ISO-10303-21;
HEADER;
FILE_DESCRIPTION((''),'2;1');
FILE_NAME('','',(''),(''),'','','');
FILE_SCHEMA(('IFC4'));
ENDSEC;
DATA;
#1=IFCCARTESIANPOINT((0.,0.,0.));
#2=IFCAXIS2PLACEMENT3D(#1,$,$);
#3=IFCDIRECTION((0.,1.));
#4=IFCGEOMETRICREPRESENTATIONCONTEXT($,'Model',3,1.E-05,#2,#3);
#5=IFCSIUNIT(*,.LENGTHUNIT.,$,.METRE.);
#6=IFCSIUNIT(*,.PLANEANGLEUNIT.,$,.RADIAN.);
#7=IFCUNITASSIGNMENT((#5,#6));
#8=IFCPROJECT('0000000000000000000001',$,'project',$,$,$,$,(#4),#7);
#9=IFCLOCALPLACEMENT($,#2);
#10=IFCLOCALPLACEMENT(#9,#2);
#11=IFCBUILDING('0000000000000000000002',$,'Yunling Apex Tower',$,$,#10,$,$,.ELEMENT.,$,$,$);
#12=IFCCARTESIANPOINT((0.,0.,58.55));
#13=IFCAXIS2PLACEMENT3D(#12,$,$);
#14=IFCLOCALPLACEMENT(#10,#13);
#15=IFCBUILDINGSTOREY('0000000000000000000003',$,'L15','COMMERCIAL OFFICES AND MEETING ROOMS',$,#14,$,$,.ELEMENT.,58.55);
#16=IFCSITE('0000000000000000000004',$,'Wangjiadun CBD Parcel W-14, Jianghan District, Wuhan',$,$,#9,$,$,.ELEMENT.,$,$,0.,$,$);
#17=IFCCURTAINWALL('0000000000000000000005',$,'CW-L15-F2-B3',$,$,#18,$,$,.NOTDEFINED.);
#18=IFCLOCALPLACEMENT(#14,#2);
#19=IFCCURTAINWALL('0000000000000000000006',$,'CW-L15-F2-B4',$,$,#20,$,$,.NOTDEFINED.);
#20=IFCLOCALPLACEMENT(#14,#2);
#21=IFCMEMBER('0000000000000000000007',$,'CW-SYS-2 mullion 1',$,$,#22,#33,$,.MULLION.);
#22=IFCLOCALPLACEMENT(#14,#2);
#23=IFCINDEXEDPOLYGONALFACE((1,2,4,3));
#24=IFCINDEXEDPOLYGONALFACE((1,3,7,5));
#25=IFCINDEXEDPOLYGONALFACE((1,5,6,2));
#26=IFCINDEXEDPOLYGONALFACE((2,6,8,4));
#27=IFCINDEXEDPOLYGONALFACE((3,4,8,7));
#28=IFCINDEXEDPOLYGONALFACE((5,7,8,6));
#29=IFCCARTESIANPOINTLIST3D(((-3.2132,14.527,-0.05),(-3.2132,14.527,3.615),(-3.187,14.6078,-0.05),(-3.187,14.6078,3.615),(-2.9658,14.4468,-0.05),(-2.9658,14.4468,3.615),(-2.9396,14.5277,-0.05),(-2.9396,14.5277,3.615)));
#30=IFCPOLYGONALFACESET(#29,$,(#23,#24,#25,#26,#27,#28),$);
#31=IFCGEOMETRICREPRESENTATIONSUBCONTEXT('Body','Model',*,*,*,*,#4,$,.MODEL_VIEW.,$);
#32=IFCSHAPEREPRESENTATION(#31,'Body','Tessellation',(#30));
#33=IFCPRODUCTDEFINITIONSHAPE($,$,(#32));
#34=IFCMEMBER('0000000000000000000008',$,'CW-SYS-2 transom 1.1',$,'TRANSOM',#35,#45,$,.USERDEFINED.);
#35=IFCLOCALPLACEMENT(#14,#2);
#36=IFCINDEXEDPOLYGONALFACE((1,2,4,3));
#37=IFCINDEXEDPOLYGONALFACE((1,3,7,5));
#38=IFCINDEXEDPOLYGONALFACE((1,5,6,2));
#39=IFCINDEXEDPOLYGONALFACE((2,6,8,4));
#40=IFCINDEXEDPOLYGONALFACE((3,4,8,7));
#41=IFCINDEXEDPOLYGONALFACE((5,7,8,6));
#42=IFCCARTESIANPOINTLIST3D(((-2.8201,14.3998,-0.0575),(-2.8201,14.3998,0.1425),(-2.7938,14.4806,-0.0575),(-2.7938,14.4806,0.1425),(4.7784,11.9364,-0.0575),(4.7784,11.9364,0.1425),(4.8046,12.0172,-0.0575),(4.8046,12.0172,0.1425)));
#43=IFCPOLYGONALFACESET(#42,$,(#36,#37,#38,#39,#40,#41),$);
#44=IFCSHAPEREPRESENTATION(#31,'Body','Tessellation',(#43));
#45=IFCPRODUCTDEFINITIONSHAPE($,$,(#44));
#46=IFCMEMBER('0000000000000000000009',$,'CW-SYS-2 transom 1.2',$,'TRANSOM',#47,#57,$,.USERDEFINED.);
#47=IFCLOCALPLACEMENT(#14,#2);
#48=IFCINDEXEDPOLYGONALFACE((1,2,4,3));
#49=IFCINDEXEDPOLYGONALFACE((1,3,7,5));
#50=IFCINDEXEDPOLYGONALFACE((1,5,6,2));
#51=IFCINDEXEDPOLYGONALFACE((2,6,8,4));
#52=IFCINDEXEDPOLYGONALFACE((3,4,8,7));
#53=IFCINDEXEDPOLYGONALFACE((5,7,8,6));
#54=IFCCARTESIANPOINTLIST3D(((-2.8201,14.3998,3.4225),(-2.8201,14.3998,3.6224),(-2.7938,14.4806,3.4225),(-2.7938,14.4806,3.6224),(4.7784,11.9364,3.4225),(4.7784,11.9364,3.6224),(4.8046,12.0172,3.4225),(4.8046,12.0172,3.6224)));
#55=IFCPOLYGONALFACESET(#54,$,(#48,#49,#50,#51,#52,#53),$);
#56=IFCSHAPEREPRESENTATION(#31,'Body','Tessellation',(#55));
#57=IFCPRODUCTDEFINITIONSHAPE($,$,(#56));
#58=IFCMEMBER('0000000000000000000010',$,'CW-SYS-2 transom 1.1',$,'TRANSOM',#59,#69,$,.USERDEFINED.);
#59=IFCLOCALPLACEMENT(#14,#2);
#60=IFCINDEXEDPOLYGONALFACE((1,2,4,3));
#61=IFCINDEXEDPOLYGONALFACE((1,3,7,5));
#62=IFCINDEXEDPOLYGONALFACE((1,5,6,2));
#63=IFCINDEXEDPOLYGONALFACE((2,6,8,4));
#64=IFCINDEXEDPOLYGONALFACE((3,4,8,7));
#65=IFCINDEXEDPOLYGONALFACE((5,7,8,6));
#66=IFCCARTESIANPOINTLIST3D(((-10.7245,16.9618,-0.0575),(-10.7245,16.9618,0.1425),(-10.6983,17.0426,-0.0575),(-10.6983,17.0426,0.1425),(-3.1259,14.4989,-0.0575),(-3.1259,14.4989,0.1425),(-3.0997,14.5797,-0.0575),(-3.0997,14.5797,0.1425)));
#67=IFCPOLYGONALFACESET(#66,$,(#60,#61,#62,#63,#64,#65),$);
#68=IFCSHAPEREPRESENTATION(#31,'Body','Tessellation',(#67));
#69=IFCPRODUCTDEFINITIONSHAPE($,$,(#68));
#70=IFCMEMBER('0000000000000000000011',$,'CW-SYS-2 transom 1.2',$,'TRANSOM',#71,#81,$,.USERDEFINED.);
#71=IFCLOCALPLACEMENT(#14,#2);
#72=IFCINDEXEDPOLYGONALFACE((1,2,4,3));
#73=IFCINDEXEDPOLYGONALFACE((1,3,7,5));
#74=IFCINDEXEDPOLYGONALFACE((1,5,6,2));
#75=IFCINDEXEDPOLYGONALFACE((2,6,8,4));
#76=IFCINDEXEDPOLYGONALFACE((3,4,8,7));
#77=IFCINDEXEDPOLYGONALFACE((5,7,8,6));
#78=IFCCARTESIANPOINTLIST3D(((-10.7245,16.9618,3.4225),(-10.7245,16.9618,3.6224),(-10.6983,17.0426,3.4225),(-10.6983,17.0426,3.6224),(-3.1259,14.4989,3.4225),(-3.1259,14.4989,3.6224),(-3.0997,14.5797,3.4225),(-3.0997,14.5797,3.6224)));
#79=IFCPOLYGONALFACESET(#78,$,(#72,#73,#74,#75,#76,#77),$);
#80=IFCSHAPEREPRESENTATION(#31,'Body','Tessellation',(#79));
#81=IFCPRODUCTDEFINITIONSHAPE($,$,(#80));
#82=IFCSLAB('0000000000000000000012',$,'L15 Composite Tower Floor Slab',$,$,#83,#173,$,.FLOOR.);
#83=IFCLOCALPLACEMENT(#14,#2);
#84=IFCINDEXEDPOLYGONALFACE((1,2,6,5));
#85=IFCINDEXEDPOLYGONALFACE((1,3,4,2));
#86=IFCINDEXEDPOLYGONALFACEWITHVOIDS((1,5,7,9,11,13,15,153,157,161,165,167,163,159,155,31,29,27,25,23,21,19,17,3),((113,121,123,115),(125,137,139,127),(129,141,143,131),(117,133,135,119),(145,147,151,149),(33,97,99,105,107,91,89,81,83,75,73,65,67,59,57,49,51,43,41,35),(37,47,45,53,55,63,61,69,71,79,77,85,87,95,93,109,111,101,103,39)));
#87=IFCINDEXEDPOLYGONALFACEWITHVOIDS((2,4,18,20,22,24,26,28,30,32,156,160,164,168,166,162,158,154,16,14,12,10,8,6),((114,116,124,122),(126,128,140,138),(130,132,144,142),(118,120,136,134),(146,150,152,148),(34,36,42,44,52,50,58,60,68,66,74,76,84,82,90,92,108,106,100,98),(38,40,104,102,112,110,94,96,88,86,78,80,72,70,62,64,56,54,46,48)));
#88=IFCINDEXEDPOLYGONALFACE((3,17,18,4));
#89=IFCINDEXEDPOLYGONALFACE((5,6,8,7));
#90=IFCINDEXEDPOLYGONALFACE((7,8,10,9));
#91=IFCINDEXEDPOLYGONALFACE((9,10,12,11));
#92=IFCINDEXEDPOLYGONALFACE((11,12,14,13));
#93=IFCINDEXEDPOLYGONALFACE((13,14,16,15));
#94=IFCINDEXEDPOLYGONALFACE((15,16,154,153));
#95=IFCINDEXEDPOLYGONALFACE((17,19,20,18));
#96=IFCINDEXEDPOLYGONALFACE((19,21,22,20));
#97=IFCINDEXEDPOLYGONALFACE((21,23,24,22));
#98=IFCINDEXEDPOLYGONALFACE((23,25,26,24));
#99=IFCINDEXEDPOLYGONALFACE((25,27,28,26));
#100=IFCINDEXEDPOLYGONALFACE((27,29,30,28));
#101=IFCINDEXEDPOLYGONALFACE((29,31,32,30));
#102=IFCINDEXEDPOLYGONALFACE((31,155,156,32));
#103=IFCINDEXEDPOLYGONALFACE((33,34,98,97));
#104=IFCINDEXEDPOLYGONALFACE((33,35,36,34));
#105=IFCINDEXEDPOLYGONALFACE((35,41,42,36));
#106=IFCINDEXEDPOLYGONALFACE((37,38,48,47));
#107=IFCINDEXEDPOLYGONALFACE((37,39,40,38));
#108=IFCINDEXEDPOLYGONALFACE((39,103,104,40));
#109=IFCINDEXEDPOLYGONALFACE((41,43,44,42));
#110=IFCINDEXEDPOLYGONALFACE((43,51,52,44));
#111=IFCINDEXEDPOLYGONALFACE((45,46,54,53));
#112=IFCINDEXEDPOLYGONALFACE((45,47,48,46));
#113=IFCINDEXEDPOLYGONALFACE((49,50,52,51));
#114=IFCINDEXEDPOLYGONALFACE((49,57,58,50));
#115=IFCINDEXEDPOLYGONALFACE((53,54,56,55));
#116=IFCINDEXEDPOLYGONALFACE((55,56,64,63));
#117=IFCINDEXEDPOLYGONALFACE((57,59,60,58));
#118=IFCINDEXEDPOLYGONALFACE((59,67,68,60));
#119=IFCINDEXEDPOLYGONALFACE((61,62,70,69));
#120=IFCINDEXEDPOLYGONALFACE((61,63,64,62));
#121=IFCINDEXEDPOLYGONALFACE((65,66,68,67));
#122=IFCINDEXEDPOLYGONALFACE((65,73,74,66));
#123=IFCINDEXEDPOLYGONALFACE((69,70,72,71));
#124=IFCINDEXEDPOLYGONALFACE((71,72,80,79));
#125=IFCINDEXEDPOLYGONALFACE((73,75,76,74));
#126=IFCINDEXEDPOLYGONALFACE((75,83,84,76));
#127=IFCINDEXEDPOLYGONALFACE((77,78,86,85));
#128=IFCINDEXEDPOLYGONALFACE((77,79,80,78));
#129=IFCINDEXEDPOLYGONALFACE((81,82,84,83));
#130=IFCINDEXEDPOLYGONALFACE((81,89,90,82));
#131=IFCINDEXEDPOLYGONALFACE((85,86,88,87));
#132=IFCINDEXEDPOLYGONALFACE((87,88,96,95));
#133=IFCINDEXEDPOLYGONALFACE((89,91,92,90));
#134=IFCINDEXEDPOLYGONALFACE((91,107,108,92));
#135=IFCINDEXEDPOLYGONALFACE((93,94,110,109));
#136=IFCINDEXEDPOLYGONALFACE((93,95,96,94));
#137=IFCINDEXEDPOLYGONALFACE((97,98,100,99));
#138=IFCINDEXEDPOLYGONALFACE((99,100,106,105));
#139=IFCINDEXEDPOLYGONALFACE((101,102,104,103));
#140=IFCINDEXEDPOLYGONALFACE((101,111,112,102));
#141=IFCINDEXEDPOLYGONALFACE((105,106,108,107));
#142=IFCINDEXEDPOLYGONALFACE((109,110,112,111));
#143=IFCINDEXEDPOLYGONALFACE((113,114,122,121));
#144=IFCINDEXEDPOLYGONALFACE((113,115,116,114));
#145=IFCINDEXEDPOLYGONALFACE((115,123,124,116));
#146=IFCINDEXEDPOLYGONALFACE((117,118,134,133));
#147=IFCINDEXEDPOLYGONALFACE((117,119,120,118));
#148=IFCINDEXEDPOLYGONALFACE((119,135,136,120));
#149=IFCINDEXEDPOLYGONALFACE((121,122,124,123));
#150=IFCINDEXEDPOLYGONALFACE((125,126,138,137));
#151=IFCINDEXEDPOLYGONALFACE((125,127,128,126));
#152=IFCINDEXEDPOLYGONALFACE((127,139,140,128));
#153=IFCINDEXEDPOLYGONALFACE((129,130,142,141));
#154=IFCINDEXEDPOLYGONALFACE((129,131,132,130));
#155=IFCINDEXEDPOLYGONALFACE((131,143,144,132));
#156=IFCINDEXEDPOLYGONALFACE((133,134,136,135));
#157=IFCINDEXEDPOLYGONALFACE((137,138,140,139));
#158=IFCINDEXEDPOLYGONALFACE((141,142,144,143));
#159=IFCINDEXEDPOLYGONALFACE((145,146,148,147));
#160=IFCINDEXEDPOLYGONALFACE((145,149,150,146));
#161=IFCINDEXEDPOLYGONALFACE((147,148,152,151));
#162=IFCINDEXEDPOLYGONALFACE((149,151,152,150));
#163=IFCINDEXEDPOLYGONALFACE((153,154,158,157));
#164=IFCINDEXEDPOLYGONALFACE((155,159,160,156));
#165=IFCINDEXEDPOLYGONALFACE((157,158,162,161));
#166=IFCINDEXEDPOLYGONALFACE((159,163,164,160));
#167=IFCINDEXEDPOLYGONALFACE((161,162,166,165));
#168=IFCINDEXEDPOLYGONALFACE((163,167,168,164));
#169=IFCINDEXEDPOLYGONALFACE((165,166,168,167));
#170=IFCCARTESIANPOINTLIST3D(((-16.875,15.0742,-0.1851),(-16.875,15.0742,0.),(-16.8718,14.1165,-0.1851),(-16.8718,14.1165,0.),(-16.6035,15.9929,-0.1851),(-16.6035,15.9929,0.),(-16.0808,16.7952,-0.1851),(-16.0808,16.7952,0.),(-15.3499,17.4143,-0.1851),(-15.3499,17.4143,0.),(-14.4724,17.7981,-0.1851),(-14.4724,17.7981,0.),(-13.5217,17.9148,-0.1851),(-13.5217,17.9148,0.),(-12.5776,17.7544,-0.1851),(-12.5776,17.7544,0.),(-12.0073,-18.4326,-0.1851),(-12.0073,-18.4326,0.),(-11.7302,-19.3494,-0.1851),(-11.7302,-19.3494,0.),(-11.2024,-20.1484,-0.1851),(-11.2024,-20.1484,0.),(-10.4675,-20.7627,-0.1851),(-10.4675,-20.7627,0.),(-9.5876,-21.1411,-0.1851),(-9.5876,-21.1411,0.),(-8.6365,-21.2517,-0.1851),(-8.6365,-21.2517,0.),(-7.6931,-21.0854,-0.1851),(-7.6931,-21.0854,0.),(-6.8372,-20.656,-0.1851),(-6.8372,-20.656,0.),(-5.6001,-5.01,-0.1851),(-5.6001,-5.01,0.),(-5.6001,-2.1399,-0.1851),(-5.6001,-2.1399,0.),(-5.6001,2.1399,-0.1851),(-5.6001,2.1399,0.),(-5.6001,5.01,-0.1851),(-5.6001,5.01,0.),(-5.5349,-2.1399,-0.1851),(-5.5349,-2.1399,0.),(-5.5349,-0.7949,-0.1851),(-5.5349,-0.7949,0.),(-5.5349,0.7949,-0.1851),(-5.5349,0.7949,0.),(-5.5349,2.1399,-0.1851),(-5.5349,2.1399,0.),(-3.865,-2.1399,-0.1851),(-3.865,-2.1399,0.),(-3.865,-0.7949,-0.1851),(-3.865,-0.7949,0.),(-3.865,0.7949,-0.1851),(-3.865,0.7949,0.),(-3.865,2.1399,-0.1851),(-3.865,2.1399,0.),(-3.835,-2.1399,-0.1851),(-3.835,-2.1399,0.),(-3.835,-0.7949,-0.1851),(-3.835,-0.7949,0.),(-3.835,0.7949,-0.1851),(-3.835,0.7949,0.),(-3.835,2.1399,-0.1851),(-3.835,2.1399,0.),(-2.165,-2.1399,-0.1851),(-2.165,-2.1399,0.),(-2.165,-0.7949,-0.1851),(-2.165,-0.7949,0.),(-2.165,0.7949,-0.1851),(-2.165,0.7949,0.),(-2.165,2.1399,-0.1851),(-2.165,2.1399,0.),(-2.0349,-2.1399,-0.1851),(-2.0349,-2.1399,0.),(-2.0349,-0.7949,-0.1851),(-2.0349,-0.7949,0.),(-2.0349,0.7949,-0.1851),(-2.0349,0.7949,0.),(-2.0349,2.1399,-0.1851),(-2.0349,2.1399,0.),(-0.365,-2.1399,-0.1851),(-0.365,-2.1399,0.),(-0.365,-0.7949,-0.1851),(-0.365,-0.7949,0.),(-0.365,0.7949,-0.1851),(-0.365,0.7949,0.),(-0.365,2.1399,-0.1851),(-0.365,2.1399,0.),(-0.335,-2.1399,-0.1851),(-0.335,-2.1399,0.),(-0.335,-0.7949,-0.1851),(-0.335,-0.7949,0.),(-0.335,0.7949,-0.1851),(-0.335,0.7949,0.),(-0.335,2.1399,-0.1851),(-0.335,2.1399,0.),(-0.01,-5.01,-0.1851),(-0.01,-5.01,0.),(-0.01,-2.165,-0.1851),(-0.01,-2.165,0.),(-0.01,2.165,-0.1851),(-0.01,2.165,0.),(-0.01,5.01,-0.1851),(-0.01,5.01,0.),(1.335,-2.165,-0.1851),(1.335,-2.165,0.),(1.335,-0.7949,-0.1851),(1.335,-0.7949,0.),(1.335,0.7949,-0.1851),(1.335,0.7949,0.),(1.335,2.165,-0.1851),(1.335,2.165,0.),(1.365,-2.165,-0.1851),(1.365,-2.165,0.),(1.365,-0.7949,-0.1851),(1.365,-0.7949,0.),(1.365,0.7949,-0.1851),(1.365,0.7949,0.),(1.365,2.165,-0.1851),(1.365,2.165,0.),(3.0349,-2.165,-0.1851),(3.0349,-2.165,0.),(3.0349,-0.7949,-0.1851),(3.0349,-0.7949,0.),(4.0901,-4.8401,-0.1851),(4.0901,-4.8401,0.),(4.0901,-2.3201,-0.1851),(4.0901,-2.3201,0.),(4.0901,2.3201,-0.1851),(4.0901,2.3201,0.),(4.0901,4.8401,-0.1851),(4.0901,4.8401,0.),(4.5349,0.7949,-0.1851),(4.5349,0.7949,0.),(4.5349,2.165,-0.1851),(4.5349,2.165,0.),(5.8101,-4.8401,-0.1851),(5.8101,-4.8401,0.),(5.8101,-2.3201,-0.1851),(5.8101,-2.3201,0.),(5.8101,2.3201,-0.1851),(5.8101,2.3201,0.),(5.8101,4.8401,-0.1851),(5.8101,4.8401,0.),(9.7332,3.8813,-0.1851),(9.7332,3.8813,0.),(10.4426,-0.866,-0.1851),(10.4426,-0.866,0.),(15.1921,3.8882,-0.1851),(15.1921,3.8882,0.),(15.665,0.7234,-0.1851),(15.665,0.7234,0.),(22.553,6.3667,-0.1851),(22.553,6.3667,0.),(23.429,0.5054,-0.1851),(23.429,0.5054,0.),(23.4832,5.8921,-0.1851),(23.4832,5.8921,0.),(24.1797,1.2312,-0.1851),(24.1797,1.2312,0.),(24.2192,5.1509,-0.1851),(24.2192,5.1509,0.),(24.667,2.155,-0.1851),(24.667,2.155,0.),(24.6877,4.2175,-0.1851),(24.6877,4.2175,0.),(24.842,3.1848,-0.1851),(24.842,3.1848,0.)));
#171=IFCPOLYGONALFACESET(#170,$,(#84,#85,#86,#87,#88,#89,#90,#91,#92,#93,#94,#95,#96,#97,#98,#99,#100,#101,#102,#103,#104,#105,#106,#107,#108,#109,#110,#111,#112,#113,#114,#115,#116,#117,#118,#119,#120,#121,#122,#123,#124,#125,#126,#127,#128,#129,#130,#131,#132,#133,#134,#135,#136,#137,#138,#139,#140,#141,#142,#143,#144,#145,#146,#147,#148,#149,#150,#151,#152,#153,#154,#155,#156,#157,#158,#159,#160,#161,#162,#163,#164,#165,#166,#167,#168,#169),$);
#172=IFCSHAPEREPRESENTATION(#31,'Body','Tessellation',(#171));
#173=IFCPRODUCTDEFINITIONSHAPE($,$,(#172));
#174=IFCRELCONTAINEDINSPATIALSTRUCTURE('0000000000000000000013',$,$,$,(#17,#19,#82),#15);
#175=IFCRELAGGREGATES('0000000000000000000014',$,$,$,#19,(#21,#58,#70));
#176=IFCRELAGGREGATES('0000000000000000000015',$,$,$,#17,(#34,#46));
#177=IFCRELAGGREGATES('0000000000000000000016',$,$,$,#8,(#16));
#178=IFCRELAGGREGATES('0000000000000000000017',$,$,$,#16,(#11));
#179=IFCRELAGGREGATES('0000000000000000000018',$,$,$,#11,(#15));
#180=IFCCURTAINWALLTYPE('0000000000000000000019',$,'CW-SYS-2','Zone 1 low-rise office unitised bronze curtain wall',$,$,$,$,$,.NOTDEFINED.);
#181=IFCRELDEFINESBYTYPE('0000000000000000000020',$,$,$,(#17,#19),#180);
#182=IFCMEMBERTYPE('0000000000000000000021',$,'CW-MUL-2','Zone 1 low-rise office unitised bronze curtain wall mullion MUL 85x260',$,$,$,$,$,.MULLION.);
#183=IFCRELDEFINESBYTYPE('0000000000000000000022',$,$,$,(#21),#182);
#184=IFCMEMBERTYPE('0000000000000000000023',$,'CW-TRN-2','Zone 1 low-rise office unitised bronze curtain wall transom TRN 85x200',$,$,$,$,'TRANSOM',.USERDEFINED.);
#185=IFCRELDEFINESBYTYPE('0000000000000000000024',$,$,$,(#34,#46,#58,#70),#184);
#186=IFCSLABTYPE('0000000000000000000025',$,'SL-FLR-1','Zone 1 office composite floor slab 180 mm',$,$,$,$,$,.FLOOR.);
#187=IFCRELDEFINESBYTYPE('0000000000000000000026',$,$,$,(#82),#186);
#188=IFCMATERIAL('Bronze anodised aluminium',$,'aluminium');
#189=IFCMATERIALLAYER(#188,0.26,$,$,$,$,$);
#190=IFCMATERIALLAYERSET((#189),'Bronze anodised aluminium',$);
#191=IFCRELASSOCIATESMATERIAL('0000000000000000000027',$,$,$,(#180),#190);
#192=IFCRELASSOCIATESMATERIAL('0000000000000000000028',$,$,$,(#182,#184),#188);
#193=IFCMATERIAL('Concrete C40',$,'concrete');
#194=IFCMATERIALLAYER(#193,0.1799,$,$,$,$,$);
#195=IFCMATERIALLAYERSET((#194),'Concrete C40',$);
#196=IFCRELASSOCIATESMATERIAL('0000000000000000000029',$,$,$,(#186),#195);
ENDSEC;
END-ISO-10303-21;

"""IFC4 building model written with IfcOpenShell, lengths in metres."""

from ifc_helpers import new_model, si_unit, direction, frame, origin, origin_2d, place, context, subcontext, project, spatial, polyline, rectangle, outline, extrude, source, transform, mapped, material, layer, layer_set, material_profile, profile_set, type_object, element, aggregate, save


model = new_model("IFC4")

# Units and contexts
model_context = context("Model", 3, precision=1e-05, world=origin(), true_north=direction((0.0, 1.0)))
body_context = subcontext(model_context, "Body", "Model", "MODEL_VIEW")
ifc_project = project(units=[si_unit("LENGTHUNIT", "METRE"), si_unit("PLANEANGLEUNIT", "RADIAN")], contexts=[model_context])

# Site, building, storey
site_placement = place(None, origin())
site = spatial("IfcSite", under=ifc_project, at=site_placement, Name="Wangjiadun CBD Parcel W-14, Jianghan District, Wuhan", CompositionType="ELEMENT", RefElevation=0.0)
building_placement = place(site_placement, origin())
building = spatial("IfcBuilding", under=site, at=building_placement, Name="Yunling Apex Tower", CompositionType="ELEMENT")
storey_placement = place(building_placement, frame((0.0, 0.0, 58.55)))
storey = spatial("IfcBuildingStorey", under=building, at=storey_placement, Name="L15", Description="COMMERCIAL OFFICES AND MEETING ROOMS", CompositionType="ELEMENT", Elevation=58.55)

# Shared definitions
ifc_material_1 = material(Name="Bronze anodised aluminium", Category="aluminium")
ifc_layer_1 = layer(ifc_material_1, 0.26)
ifc_layer_set_1 = layer_set([ifc_layer_1], Name="Bronze anodised aluminium")
curtain_wall_type = type_object("IfcCurtainWallType", Name="CW-SYS-2", Description="Zone 1 low-rise office unitised bronze curtain wall", PredefinedType="NOTDEFINED", material=ifc_layer_set_1)
ifc_material_profile_1 = material_profile(ifc_material_1, rectangle(XDim=0.085, YDim=0.26, at=origin_2d()))
ifc_profile_set_1 = profile_set([ifc_material_profile_1], Name="Bronze anodised aluminium")
member_type_1 = type_object("IfcMemberType", Name="CW-MUL-2", Description="Zone 1 low-rise office unitised bronze curtain wall mullion MUL 85x260", PredefinedType="MULLION", material=ifc_profile_set_1)
shared_shape_1 = source(origin(), body_context, "Body", "SweptSolid", [
    extrude(rectangle(XDim=0.085, YDim=0.26, at=origin_2d()), origin(), (0.0, 0.0, 1.0), 3.665),
])

# Curtain wall
curtain_wall_1_placement = place(storey_placement, origin())
curtain_wall_1 = element("IfcCurtainWall", 1, at=curtain_wall_1_placement, inside=storey, type_object=curtain_wall_type, Name="CW-L15-F2-B3", PredefinedType="NOTDEFINED")

# Curtain wall, member
curtain_wall_2_placement = place(storey_placement, origin())
curtain_wall_2 = element("IfcCurtainWall", 2, at=curtain_wall_2_placement, inside=storey, type_object=curtain_wall_type, Name="CW-L15-F2-B4", PredefinedType="NOTDEFINED")
member_1_placement = place(storey_placement, frame((-3.0764, 14.5273, -0.05), z_axis=(0.0, 0.0, 1.0), x_axis=(-0.308357, -0.951271, 0.0)))
member_1 = element("IfcMember", 3, at=member_1_placement, type_object=member_type_1, Name="CW-SYS-2 mullion 1", PredefinedType="MULLION", context=body_context, shape_type="MappedRepresentation", body=[
    mapped(shared_shape_1, transform((0.0, 0.0, 0.0), scale=1.0)),
])

# Members
ifc_material_profile_2 = material_profile(ifc_material_1, rectangle(XDim=0.085, YDim=0.2, at=origin_2d()))
ifc_profile_set_2 = profile_set([ifc_material_profile_2], Name="Bronze anodised aluminium")
member_type_2 = type_object("IfcMemberType", Name="CW-TRN-2", Description="Zone 1 low-rise office unitised bronze curtain wall transom TRN 85x200", ElementType="TRANSOM", PredefinedType="USERDEFINED", material=ifc_profile_set_2)
shared_shape_2 = source(origin(), body_context, "Body", "SweptSolid", [
    extrude(rectangle(XDim=0.085, YDim=0.2, at=origin_2d()), origin(), (0.0, 0.0, 1.0), 7.9878),
])
member_2_placement = place(storey_placement, frame((4.7915, 11.9768, 0.0425), z_axis=(-0.951258, 0.308396, 0.0), x_axis=(-0.308396, -0.951258, 0.0)))
member_2 = element("IfcMember", 4, at=member_2_placement, type_object=member_type_2, Name="CW-SYS-2 transom 1.1", ObjectType="TRANSOM", PredefinedType="USERDEFINED", context=body_context, shape_type="MappedRepresentation", body=[
    mapped(shared_shape_2, transform((0.0, 0.0, 0.0), scale=1.0)),
])
member_3_placement = place(storey_placement, frame((4.7915, 11.9768, 3.5225), z_axis=(-0.951258, 0.308396, 0.0), x_axis=(-0.308396, -0.951258, 0.0)))
member_3 = element("IfcMember", 5, at=member_3_placement, type_object=member_type_2, Name="CW-SYS-2 transom 1.2", ObjectType="TRANSOM", PredefinedType="USERDEFINED", context=body_context, shape_type="MappedRepresentation", body=[
    mapped(shared_shape_2, transform((0.0, 0.0, 0.0), scale=1.0)),
])
member_4_placement = place(storey_placement, frame((-3.1128, 14.5393, 0.0425), z_axis=(-0.951279, 0.308331, 0.0), x_axis=(-0.308331, -0.951279, 0.0)))
member_4 = element("IfcMember", 6, at=member_4_placement, type_object=member_type_2, Name="CW-SYS-2 transom 1.1", ObjectType="TRANSOM", PredefinedType="USERDEFINED", context=body_context, shape_type="MappedRepresentation", body=[
    mapped(shared_shape_2, transform((0.0, 0.0, 0.0), scale=1.0)),
])
member_5_placement = place(storey_placement, frame((-3.1128, 14.5393, 3.5225), z_axis=(-0.951279, 0.308331, 0.0), x_axis=(-0.308331, -0.951279, 0.0)))
member_5 = element("IfcMember", 7, at=member_5_placement, type_object=member_type_2, Name="CW-SYS-2 transom 1.2", ObjectType="TRANSOM", PredefinedType="USERDEFINED", context=body_context, shape_type="MappedRepresentation", body=[
    mapped(shared_shape_2, transform((0.0, 0.0, 0.0), scale=1.0)),
])
aggregate(curtain_wall_2, [member_1, member_4, member_5])

# Slab
ifc_material_2 = material(Name="Concrete C40", Category="concrete")
ifc_layer_2 = layer(ifc_material_2, 0.1799)
ifc_layer_set_2 = layer_set([ifc_layer_2], Name="Concrete C40")
slab_type_1 = type_object("IfcSlabType", Name="SL-FLR-1", Description="Zone 1 office composite floor slab 180 mm", PredefinedType="FLOOR", material=ifc_layer_set_2)
slab_1_placement = place(storey_placement, frame((0.0, 0.0, -0.1851)))
element("IfcSlab", 8, at=slab_1_placement, inside=storey, type_object=slab_type_1, Name="L15 Composite Tower Floor Slab", PredefinedType="FLOOR", context=body_context, shape_type="SweptSolid", body=[
    extrude(outline(polyline([(-12.0073, -18.4326), (-11.7302, -19.3494), (-11.2024, -20.1484), (-10.4675, -20.7627), (-9.5876, -21.1411), (-8.6365, -21.2517), (-7.6931, -21.0854), (-6.8372, -20.656), (23.429, 0.5054), (24.1797, 1.2312), (24.667, 2.155), (24.842, 3.1848), (24.6877, 4.2175), (24.2192, 5.1509), (23.4832, 5.8921), (22.553, 6.3667), (-12.5776, 17.7544), (-13.5217, 17.9148), (-14.4724, 17.7981), (-15.3499, 17.4143), (-16.0808, 16.7952), (-16.6035, 15.9929), (-16.875, 15.0742), (-16.8718, 14.1165), (-12.0073, -18.4326)]), holes=[polyline([(15.1921, 3.8882), (15.665, 0.7234), (10.4426, -0.866), (9.7332, 3.8813), (15.1921, 3.8882)]), polyline([(5.8101, -2.3201), (5.8101, -4.8401), (4.0901, -4.8401), (4.0901, -2.3201), (5.8101, -2.3201)]), polyline([(5.8101, 4.8401), (5.8101, 2.3201), (4.0901, 2.3201), (4.0901, 4.8401), (5.8101, 4.8401)]), polyline([(4.5349, 0.7949), (1.365, 0.7949), (1.365, 2.165), (4.5349, 2.165), (4.5349, 0.7949)]), polyline([(3.0349, -0.7949), (3.0349, -2.165), (1.365, -2.165), (1.365, -0.7949), (3.0349, -0.7949)]), polyline([(-3.865, -0.7949), (-3.865, -2.1399), (-3.835, -2.1399), (-3.835, -0.7949), (-2.165, -0.7949), (-2.165, -2.1399), (-2.0349, -2.1399), (-2.0349, -0.7949), (-0.365, -0.7949), (-0.365, -2.1399), (-0.335, -2.1399), (-0.335, -0.7949), (1.335, -0.7949), (1.335, -2.165), (-0.01, -2.165), (-0.01, -5.01), (-5.6001, -5.01), (-5.6001, -2.1399), (-5.5349, -2.1399), (-5.5349, -0.7949), (-3.865, -0.7949)]), polyline([(-5.6001, 2.1399), (-5.6001, 5.01), (-0.01, 5.01), (-0.01, 2.165), (1.335, 2.165), (1.335, 0.7949), (-0.335, 0.7949), (-0.335, 2.1399), (-0.365, 2.1399), (-0.365, 0.7949), (-2.0349, 0.7949), (-2.0349, 2.1399), (-2.165, 2.1399), (-2.165, 0.7949), (-3.835, 0.7949), (-3.835, 2.1399), (-3.865, 2.1399), (-3.865, 0.7949), (-5.5349, 0.7949), (-5.5349, 2.1399), (-5.6001, 2.1399)])]), origin(), (0.0, 0.0, 1.0), 0.1851),
])

aggregate(curtain_wall_1, [member_2, member_3])

save(model, "model.ifc")
